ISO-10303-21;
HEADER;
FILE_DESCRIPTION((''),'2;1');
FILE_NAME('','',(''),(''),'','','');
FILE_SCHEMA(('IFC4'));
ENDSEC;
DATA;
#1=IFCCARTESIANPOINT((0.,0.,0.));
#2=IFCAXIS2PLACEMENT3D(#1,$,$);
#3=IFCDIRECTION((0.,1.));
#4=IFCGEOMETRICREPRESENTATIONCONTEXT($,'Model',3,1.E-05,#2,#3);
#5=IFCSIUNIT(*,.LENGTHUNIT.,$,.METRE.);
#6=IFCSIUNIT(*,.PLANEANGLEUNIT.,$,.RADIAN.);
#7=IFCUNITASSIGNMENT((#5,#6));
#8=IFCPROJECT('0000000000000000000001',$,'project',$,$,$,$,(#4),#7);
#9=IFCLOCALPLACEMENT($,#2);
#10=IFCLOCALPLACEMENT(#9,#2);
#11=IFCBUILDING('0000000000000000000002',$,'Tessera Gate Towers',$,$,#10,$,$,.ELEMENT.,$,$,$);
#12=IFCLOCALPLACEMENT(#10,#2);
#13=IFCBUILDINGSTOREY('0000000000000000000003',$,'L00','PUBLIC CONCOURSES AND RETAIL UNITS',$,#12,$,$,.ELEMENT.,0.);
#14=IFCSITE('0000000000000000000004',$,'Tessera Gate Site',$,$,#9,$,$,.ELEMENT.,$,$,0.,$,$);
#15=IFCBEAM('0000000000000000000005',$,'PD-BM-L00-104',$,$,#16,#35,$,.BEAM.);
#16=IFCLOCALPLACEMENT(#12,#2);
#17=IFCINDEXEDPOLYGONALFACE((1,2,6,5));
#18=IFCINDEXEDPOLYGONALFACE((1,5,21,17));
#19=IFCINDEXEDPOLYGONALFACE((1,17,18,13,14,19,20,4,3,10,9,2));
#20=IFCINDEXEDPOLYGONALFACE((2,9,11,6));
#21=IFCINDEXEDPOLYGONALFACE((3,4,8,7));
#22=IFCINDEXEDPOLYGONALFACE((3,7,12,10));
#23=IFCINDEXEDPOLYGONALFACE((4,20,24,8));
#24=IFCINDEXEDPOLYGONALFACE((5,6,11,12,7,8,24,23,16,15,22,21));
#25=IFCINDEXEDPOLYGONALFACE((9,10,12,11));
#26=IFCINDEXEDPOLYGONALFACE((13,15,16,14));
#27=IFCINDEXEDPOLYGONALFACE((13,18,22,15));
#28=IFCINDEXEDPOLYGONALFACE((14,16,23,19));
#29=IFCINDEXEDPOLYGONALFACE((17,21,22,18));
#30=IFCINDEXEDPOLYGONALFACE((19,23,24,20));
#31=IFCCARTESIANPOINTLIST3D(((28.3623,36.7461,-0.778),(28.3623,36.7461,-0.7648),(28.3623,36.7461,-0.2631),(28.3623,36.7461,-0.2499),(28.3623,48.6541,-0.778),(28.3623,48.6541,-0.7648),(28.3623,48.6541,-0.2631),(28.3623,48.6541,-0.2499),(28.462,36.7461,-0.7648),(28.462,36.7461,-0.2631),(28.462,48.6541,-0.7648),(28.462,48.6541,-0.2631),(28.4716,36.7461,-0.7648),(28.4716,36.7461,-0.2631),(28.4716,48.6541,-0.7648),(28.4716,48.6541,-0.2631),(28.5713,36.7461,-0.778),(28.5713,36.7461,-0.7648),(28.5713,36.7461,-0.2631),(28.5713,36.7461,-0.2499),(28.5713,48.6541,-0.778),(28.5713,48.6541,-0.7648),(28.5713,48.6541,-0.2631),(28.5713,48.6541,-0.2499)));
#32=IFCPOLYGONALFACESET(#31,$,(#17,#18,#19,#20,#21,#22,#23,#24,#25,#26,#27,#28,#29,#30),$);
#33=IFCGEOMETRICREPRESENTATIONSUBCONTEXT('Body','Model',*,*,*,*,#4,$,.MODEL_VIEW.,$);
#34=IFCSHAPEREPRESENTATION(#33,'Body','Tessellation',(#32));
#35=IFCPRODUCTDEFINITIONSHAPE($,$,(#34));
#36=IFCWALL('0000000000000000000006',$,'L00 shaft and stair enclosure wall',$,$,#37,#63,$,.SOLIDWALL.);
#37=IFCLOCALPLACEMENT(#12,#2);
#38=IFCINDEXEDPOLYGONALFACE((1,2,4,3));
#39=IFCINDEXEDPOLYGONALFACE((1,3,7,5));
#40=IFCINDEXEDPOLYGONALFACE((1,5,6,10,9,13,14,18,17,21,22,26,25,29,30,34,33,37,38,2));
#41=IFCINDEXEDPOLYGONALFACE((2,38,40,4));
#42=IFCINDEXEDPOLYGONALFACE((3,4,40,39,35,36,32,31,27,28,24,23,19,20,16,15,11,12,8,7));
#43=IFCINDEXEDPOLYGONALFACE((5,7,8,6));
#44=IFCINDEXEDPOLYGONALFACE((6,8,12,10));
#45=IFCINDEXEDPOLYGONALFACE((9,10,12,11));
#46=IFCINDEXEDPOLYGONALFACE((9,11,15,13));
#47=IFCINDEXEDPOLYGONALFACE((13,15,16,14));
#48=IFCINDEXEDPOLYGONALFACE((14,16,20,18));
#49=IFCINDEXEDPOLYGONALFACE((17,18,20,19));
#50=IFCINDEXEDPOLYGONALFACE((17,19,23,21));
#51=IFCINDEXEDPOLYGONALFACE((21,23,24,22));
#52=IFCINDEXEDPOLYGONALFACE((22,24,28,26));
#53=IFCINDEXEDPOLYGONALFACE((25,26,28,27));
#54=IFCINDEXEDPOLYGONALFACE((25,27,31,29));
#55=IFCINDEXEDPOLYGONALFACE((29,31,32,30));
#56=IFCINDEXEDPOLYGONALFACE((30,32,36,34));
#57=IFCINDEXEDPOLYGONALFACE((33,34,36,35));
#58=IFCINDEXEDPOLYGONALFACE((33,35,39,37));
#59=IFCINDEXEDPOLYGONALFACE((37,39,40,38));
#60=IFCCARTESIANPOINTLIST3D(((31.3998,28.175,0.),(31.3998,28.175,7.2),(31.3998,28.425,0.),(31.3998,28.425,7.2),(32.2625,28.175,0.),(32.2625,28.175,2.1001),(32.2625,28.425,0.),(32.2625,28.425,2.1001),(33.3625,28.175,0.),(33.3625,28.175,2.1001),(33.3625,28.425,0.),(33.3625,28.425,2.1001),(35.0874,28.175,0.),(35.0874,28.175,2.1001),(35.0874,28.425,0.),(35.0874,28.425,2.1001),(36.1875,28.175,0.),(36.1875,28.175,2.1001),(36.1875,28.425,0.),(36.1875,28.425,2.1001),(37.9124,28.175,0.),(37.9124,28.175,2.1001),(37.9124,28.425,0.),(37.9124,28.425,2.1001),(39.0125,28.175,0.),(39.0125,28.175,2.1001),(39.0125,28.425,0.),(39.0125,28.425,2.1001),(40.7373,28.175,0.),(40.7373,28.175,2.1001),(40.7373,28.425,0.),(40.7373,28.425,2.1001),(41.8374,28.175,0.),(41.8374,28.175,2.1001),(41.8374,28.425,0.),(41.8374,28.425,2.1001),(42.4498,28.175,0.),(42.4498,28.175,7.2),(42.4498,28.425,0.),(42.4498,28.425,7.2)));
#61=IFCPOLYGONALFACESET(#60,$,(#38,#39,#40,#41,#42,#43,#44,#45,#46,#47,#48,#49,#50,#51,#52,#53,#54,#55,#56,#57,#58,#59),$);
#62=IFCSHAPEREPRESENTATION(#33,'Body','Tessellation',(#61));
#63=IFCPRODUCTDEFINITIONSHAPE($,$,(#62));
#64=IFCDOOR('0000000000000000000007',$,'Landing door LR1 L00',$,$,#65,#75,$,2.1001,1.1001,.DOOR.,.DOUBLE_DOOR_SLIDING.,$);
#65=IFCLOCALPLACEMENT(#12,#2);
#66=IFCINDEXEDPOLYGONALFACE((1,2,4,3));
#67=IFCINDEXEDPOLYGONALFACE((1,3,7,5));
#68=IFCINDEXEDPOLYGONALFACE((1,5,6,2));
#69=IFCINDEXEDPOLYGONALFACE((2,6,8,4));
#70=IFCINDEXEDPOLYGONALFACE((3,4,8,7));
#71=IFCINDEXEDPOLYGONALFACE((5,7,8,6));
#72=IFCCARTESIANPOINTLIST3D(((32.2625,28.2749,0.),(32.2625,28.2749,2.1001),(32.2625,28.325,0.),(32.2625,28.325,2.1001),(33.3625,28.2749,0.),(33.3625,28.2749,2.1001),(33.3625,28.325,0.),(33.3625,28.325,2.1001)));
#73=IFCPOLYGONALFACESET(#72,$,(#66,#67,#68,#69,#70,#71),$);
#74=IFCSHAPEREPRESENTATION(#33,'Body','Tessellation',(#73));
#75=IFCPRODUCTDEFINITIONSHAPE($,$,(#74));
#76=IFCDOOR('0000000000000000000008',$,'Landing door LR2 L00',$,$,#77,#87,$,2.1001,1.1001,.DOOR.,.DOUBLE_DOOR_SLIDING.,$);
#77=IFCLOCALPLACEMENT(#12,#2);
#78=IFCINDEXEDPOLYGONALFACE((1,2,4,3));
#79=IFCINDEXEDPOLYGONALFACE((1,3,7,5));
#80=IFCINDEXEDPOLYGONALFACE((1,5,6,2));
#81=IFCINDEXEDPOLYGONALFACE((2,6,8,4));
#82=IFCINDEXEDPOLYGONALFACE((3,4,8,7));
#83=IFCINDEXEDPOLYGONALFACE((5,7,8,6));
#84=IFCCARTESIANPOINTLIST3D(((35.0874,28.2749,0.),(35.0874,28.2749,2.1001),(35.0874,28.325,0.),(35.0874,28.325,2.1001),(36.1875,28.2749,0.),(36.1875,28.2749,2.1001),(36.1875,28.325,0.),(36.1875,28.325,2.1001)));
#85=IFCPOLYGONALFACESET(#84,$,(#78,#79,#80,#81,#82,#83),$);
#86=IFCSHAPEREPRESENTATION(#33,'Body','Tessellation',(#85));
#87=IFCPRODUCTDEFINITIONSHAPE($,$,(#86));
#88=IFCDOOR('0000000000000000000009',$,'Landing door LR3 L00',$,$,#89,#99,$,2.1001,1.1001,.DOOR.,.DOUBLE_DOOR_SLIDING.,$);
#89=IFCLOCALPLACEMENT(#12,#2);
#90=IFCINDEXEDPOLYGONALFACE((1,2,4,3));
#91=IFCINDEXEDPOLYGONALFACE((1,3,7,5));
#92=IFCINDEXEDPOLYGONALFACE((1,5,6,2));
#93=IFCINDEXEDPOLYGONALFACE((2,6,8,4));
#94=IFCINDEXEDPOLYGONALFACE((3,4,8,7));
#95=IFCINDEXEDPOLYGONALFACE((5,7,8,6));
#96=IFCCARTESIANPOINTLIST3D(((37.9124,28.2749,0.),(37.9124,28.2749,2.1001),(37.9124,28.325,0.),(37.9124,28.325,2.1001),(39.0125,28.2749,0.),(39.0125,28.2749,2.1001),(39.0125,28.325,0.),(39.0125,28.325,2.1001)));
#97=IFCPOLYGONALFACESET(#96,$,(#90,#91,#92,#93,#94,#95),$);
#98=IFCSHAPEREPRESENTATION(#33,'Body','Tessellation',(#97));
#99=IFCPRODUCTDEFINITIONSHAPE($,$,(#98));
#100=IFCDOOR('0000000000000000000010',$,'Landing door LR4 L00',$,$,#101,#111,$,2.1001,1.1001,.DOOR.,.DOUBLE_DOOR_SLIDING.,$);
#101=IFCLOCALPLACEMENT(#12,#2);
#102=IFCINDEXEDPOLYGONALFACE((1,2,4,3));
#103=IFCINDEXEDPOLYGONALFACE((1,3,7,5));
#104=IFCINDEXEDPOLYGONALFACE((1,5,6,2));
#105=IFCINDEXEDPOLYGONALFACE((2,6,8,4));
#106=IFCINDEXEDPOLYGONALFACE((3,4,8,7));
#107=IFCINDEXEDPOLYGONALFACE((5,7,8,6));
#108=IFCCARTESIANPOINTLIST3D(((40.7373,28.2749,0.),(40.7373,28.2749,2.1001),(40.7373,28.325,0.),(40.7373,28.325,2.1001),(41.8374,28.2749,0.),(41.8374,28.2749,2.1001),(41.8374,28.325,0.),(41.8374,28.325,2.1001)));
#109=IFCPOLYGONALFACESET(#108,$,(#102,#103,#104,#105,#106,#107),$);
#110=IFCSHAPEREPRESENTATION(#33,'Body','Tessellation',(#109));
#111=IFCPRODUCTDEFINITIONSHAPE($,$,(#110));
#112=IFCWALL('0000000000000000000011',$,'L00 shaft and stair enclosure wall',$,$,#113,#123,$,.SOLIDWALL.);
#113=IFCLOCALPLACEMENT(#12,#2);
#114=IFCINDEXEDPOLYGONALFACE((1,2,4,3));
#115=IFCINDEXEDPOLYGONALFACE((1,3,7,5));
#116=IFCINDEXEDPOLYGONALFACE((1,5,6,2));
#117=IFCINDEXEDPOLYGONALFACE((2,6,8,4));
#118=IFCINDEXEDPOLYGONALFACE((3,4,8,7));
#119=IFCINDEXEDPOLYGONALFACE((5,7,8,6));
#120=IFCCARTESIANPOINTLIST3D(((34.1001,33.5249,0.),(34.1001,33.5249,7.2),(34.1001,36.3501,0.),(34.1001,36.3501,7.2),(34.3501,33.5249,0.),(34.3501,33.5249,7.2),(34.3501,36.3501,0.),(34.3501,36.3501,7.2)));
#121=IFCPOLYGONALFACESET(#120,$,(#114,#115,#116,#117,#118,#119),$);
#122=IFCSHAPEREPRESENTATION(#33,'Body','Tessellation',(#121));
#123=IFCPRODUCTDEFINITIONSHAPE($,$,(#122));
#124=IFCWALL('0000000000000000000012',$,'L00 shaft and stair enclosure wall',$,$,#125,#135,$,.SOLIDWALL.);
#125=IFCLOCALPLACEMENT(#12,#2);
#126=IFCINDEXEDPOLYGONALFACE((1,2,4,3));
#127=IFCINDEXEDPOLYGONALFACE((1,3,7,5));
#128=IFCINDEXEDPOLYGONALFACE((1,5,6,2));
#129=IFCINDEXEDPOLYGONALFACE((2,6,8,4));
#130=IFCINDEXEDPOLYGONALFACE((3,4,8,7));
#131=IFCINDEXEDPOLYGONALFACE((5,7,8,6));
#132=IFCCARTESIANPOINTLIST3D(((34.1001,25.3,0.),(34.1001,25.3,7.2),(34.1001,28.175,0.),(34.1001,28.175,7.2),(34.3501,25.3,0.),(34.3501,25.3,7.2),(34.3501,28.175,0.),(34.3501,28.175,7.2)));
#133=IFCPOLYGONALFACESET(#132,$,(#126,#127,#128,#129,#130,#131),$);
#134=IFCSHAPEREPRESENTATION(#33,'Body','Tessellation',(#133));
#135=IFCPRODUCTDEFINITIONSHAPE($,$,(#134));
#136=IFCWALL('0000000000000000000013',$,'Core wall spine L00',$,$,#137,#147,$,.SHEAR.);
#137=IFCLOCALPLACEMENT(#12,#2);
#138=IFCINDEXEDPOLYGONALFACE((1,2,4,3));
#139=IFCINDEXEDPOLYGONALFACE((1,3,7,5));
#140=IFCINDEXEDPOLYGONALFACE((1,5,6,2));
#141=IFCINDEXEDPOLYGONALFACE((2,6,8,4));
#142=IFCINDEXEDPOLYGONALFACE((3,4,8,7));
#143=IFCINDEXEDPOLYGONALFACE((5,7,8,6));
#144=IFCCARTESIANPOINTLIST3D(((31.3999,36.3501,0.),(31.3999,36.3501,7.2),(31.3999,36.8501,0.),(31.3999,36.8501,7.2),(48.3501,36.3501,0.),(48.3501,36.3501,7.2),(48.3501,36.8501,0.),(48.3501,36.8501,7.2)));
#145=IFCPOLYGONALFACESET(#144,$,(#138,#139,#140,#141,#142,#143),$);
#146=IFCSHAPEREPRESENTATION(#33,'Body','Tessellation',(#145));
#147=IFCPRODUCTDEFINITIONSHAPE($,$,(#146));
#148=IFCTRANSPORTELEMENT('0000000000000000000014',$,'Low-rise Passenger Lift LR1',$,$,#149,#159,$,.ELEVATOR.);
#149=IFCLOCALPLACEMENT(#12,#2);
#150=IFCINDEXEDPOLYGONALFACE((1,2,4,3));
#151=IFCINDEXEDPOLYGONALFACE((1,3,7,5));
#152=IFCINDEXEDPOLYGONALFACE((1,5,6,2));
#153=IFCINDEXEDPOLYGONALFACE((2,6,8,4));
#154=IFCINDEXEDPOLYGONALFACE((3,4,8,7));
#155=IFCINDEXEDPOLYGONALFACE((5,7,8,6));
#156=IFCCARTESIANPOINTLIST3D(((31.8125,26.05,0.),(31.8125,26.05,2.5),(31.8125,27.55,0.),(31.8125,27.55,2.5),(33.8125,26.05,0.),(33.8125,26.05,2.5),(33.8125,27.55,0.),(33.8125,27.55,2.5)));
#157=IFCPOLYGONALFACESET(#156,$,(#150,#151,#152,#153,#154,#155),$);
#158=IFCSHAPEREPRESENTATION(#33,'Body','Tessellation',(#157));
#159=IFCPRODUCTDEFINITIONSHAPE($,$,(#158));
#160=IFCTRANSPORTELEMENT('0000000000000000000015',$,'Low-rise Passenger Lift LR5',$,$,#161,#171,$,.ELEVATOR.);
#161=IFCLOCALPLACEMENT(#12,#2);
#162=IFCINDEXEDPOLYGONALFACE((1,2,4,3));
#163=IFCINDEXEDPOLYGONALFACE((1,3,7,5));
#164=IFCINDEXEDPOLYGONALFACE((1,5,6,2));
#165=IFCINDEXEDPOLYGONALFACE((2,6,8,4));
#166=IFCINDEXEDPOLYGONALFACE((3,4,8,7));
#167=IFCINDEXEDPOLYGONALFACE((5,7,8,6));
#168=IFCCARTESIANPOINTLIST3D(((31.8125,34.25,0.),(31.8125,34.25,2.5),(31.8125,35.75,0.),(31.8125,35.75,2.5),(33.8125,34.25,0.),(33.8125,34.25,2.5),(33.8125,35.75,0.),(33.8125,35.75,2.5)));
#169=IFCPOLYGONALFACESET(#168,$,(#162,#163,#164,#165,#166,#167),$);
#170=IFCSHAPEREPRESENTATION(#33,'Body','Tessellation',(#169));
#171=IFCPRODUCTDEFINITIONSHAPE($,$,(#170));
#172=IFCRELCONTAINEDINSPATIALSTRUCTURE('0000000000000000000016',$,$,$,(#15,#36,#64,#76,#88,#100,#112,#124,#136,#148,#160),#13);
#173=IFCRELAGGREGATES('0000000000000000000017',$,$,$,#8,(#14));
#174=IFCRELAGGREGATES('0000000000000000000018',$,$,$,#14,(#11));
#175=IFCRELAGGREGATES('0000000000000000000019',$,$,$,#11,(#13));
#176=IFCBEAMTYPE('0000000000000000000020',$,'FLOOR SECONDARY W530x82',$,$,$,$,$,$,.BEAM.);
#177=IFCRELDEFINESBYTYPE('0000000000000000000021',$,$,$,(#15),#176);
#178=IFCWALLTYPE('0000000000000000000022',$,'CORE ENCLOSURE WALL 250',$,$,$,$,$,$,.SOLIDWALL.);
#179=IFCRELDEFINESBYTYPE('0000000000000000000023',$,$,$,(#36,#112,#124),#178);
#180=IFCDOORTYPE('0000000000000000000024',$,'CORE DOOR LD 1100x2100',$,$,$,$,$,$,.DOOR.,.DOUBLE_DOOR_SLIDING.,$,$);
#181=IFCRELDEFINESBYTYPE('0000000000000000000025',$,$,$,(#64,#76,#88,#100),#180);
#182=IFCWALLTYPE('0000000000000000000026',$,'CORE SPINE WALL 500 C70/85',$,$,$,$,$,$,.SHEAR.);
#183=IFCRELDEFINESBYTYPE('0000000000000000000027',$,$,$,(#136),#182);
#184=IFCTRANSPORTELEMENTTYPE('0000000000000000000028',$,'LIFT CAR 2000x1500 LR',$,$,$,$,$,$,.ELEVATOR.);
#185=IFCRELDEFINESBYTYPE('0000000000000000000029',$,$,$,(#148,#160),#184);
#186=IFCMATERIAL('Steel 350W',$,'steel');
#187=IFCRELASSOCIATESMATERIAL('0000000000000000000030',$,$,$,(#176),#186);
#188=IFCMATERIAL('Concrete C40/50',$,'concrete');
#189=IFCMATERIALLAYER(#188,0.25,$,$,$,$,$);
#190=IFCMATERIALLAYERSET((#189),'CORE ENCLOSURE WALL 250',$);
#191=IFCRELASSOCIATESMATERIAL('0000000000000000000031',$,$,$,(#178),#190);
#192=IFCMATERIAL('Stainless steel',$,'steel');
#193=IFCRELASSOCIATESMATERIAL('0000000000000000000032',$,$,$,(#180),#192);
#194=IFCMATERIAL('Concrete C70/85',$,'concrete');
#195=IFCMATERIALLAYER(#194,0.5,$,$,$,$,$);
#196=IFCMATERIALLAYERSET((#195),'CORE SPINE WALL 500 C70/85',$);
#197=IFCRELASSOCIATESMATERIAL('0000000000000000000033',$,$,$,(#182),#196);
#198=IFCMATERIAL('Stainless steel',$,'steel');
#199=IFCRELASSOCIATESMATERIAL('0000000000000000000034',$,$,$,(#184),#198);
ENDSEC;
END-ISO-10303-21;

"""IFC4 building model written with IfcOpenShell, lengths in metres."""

from ifc_helpers import new_model, si_unit, direction, frame, frame_2d, origin, origin_2d, place, context, subcontext, project, spatial, rectangle, i_section, extrude, source, transform, mapped, material, layer, layer_set, material_profile, profile_set, type_object, element, fill, save


model = new_model("IFC4")

# Units and contexts
model_context = context("Model", 3, precision=1e-05, world=origin(), true_north=direction((0.0, 1.0)))
body_context = subcontext(model_context, "Body", "Model", "MODEL_VIEW")
ifc_project = project(units=[si_unit("LENGTHUNIT", "METRE"), si_unit("PLANEANGLEUNIT", "RADIAN")], contexts=[model_context])

# Site, building, storey
site_placement = place(None, origin())
site = spatial("IfcSite", under=ifc_project, at=site_placement, Name="Tessera Gate Site", CompositionType="ELEMENT", RefElevation=0.0)
building_placement = place(site_placement, origin())
building = spatial("IfcBuilding", under=site, at=building_placement, Name="Tessera Gate Towers", CompositionType="ELEMENT")
storey_placement = place(building_placement, origin())
storey = spatial("IfcBuildingStorey", under=building, at=storey_placement, Name="L00", Description="PUBLIC CONCOURSES AND RETAIL UNITS", CompositionType="ELEMENT", Elevation=0.0)

# Beam
ifc_material_1 = material(Name="Steel 350W", Category="steel")
ifc_material_profile_1 = material_profile(ifc_material_1, i_section(OverallWidth=0.209, OverallDepth=0.5281, WebThickness=0.0095, FlangeThickness=0.0132, at=origin_2d()), Name="W530x82")
ifc_profile_set_1 = profile_set([ifc_material_profile_1], Name="Steel 350W")
beam_type_1 = type_object("IfcBeamType", Name="FLOOR SECONDARY W530x82", PredefinedType="BEAM", material=ifc_profile_set_1)
beam_1_placement = place(storey_placement, frame((28.4668, 36.7461, -0.5139), z_axis=(0.0, 1.0, 0.0), x_axis=(-1.0, 0.0, 0.0)))
element("IfcBeam", 1, at=beam_1_placement, inside=storey, type_object=beam_type_1, Name="PD-BM-L00-104", PredefinedType="BEAM", context=body_context, shape_type="SweptSolid", body=[
    extrude(i_section(OverallWidth=0.209, OverallDepth=0.5281, WebThickness=0.0095, FlangeThickness=0.0132, at=origin_2d()), origin(), (0.0, 0.0, 1.0), 11.908),
])

# Wall, openings, doors
ifc_material_2 = material(Name="Concrete C40/50", Category="concrete")
ifc_layer_1 = layer(ifc_material_2, 0.25)
ifc_layer_set_1 = layer_set([ifc_layer_1], Name="CORE ENCLOSURE WALL 250")
wall_type_1 = type_object("IfcWallType", Name="CORE ENCLOSURE WALL 250", PredefinedType="SOLIDWALL", material=ifc_layer_set_1)
wall_1_placement = place(storey_placement, frame((31.3999, 28.3, 0.0), z_axis=(0.0, 0.0, 1.0), x_axis=(1.0, 0.0, 0.0)))
wall_1 = element("IfcWall", 2, at=wall_1_placement, inside=storey, type_object=wall_type_1, Name="L00 shaft and stair enclosure wall", PredefinedType="SOLIDWALL", context=body_context, shape_type="SweptSolid", body=[
    extrude(rectangle(XDim=11.05, YDim=0.25, at=frame_2d((5.5249, 0.0))), origin(), (0.0, 0.0, 1.0), 7.2),
])
shared_shape_1 = source(origin(), body_context, "Body", "SweptSolid", [
    extrude(rectangle(XDim=1.1001, YDim=2.1001, at=frame_2d((0.55, 1.05))), frame((0.0, 0.135, 0.0), z_axis=(0.0, -1.0, 0.0), x_axis=(1.0, 0.0, 0.0)), (0.0, 0.0, 1.0), 0.27),
])
opening_1_placement = place(wall_1_placement, frame((0.8625, 0.0, 0.0)))
opening_1 = element("IfcOpeningElement", 3, at=opening_1_placement, cuts=wall_1, PredefinedType="OPENING", context=body_context, shape_type="MappedRepresentation", body=[
    mapped(shared_shape_1, transform((0.0, 0.0, 0.0), scale=1.0)),
])
opening_2_placement = place(wall_1_placement, frame((3.6875, 0.0, 0.0)))
opening_2 = element("IfcOpeningElement", 4, at=opening_2_placement, cuts=wall_1, PredefinedType="OPENING", context=body_context, shape_type="MappedRepresentation", body=[
    mapped(shared_shape_1, transform((0.0, 0.0, 0.0), scale=1.0)),
])
opening_3_placement = place(wall_1_placement, frame((6.5125, 0.0, 0.0)))
opening_3 = element("IfcOpeningElement", 5, at=opening_3_placement, cuts=wall_1, PredefinedType="OPENING", context=body_context, shape_type="MappedRepresentation", body=[
    mapped(shared_shape_1, transform((0.0, 0.0, 0.0), scale=1.0)),
])
opening_4_placement = place(wall_1_placement, frame((9.3374, 0.0, 0.0)))
opening_4 = element("IfcOpeningElement", 6, at=opening_4_placement, cuts=wall_1, PredefinedType="OPENING", context=body_context, shape_type="MappedRepresentation", body=[
    mapped(shared_shape_1, transform((0.0, 0.0, 0.0), scale=1.0)),
])
ifc_material_3 = material(Name="Stainless steel", Category="steel")
door_type_1 = type_object("IfcDoorType", Name="CORE DOOR LD 1100x2100", OperationType="DOUBLE_DOOR_SLIDING", PredefinedType="DOOR", material=ifc_material_3)
shared_shape_2 = source(origin(), body_context, "Body", "SweptSolid", [
    extrude(rectangle(XDim=1.1001, YDim=2.1001, at=frame_2d((0.55, 1.05))), frame((0.0, 0.0249, 0.0), z_axis=(0.0, -1.0, 0.0), x_axis=(1.0, 0.0, 0.0)), (0.0, 0.0, 1.0), 0.05),
])
door_1_placement = place(opening_1_placement, origin())
door_1 = element("IfcDoor", 7, at=door_1_placement, inside=storey, type_object=door_type_1, Name="Landing door LR1 L00", OperationType="DOUBLE_DOOR_SLIDING", OverallHeight=2.1001, OverallWidth=1.1001, PredefinedType="DOOR", context=body_context, shape_type="MappedRepresentation", body=[
    mapped(shared_shape_2, transform((0.0, 0.0, 0.0), scale=1.0)),
])
fill(opening_1, door_1)
door_2_placement = place(opening_2_placement, origin())
door_2 = element("IfcDoor", 8, at=door_2_placement, inside=storey, type_object=door_type_1, Name="Landing door LR2 L00", OperationType="DOUBLE_DOOR_SLIDING", OverallHeight=2.1001, OverallWidth=1.1001, PredefinedType="DOOR", context=body_context, shape_type="MappedRepresentation", body=[
    mapped(shared_shape_2, transform((0.0, 0.0, 0.0), scale=1.0)),
])
fill(opening_2, door_2)
door_3_placement = place(opening_3_placement, origin())
door_3 = element("IfcDoor", 9, at=door_3_placement, inside=storey, type_object=door_type_1, Name="Landing door LR3 L00", OperationType="DOUBLE_DOOR_SLIDING", OverallHeight=2.1001, OverallWidth=1.1001, PredefinedType="DOOR", context=body_context, shape_type="MappedRepresentation", body=[
    mapped(shared_shape_2, transform((0.0, 0.0, 0.0), scale=1.0)),
])
fill(opening_3, door_3)
door_4_placement = place(opening_4_placement, origin())
door_4 = element("IfcDoor", 10, at=door_4_placement, inside=storey, type_object=door_type_1, Name="Landing door LR4 L00", OperationType="DOUBLE_DOOR_SLIDING", OverallHeight=2.1001, OverallWidth=1.1001, PredefinedType="DOOR", context=body_context, shape_type="MappedRepresentation", body=[
    mapped(shared_shape_2, transform((0.0, 0.0, 0.0), scale=1.0)),
])
fill(opening_4, door_4)

# Walls
wall_2_placement = place(storey_placement, frame((34.2251, 33.5249, 0.0), z_axis=(0.0, 0.0, 1.0), x_axis=(0.0, 1.0, 0.0)))
element("IfcWall", 11, at=wall_2_placement, inside=storey, type_object=wall_type_1, Name="L00 shaft and stair enclosure wall", PredefinedType="SOLIDWALL", context=body_context, shape_type="SweptSolid", body=[
    extrude(rectangle(XDim=2.8252, YDim=0.25, at=frame_2d((1.4126, 0.0))), origin(), (0.0, 0.0, 1.0), 7.2),
])
wall_3_placement = place(storey_placement, frame((34.2251, 25.3, 0.0), z_axis=(0.0, 0.0, 1.0), x_axis=(0.0, 1.0, 0.0)))
element("IfcWall", 12, at=wall_3_placement, inside=storey, type_object=wall_type_1, Name="L00 shaft and stair enclosure wall", PredefinedType="SOLIDWALL", context=body_context, shape_type="SweptSolid", body=[
    extrude(rectangle(XDim=2.875, YDim=0.25, at=frame_2d((1.4375, 0.0))), origin(), (0.0, 0.0, 1.0), 7.2),
])

# Wall
ifc_material_4 = material(Name="Concrete C70/85", Category="concrete")
ifc_layer_2 = layer(ifc_material_4, 0.5)
ifc_layer_set_2 = layer_set([ifc_layer_2], Name="CORE SPINE WALL 500 C70/85")
wall_type_2 = type_object("IfcWallType", Name="CORE SPINE WALL 500 C70/85", PredefinedType="SHEAR", material=ifc_layer_set_2)
wall_4_placement = place(storey_placement, frame((31.3999, 36.6001, 0.0), z_axis=(0.0, 0.0, 1.0), x_axis=(1.0, 0.0, 0.0)))
element("IfcWall", 13, at=wall_4_placement, inside=storey, type_object=wall_type_2, Name="Core wall spine L00", PredefinedType="SHEAR", context=body_context, shape_type="SweptSolid", body=[
    extrude(rectangle(XDim=16.9502, YDim=0.5, at=frame_2d((8.4751, 0.0))), origin(), (0.0, 0.0, 1.0), 7.2),
])

# Transport elements
ifc_material_5 = material(Name="Stainless steel", Category="steel")
transport_element_type = type_object("IfcTransportElementType", Name="LIFT CAR 2000x1500 LR", PredefinedType="ELEVATOR", material=ifc_material_5)
for number, where, z_axis, x_axis, name in (
    (14, (32.8125, 26.8, 0.0), (0.0, 0.0, 1.0), (1.0, 0.0, 0.0), "Low-rise Passenger Lift LR1"),
    (15, (32.8125, 35.0, 0.0), (0.0, 0.0, 1.0), (1.0, 0.0, 0.0), "Low-rise Passenger Lift LR5"),
):
    element("IfcTransportElement", number, at=place(storey_placement, frame(where, z_axis=z_axis, x_axis=x_axis)), inside=storey, type_object=transport_element_type, Name=name, PredefinedType="ELEVATOR", context=body_context, shape_type="SweptSolid", body=[
        extrude(rectangle(XDim=2.0, YDim=1.5, at=origin_2d()), origin(), (0.0, 0.0, 1.0), 2.5),
    ])

save(model, "model.ifc")
